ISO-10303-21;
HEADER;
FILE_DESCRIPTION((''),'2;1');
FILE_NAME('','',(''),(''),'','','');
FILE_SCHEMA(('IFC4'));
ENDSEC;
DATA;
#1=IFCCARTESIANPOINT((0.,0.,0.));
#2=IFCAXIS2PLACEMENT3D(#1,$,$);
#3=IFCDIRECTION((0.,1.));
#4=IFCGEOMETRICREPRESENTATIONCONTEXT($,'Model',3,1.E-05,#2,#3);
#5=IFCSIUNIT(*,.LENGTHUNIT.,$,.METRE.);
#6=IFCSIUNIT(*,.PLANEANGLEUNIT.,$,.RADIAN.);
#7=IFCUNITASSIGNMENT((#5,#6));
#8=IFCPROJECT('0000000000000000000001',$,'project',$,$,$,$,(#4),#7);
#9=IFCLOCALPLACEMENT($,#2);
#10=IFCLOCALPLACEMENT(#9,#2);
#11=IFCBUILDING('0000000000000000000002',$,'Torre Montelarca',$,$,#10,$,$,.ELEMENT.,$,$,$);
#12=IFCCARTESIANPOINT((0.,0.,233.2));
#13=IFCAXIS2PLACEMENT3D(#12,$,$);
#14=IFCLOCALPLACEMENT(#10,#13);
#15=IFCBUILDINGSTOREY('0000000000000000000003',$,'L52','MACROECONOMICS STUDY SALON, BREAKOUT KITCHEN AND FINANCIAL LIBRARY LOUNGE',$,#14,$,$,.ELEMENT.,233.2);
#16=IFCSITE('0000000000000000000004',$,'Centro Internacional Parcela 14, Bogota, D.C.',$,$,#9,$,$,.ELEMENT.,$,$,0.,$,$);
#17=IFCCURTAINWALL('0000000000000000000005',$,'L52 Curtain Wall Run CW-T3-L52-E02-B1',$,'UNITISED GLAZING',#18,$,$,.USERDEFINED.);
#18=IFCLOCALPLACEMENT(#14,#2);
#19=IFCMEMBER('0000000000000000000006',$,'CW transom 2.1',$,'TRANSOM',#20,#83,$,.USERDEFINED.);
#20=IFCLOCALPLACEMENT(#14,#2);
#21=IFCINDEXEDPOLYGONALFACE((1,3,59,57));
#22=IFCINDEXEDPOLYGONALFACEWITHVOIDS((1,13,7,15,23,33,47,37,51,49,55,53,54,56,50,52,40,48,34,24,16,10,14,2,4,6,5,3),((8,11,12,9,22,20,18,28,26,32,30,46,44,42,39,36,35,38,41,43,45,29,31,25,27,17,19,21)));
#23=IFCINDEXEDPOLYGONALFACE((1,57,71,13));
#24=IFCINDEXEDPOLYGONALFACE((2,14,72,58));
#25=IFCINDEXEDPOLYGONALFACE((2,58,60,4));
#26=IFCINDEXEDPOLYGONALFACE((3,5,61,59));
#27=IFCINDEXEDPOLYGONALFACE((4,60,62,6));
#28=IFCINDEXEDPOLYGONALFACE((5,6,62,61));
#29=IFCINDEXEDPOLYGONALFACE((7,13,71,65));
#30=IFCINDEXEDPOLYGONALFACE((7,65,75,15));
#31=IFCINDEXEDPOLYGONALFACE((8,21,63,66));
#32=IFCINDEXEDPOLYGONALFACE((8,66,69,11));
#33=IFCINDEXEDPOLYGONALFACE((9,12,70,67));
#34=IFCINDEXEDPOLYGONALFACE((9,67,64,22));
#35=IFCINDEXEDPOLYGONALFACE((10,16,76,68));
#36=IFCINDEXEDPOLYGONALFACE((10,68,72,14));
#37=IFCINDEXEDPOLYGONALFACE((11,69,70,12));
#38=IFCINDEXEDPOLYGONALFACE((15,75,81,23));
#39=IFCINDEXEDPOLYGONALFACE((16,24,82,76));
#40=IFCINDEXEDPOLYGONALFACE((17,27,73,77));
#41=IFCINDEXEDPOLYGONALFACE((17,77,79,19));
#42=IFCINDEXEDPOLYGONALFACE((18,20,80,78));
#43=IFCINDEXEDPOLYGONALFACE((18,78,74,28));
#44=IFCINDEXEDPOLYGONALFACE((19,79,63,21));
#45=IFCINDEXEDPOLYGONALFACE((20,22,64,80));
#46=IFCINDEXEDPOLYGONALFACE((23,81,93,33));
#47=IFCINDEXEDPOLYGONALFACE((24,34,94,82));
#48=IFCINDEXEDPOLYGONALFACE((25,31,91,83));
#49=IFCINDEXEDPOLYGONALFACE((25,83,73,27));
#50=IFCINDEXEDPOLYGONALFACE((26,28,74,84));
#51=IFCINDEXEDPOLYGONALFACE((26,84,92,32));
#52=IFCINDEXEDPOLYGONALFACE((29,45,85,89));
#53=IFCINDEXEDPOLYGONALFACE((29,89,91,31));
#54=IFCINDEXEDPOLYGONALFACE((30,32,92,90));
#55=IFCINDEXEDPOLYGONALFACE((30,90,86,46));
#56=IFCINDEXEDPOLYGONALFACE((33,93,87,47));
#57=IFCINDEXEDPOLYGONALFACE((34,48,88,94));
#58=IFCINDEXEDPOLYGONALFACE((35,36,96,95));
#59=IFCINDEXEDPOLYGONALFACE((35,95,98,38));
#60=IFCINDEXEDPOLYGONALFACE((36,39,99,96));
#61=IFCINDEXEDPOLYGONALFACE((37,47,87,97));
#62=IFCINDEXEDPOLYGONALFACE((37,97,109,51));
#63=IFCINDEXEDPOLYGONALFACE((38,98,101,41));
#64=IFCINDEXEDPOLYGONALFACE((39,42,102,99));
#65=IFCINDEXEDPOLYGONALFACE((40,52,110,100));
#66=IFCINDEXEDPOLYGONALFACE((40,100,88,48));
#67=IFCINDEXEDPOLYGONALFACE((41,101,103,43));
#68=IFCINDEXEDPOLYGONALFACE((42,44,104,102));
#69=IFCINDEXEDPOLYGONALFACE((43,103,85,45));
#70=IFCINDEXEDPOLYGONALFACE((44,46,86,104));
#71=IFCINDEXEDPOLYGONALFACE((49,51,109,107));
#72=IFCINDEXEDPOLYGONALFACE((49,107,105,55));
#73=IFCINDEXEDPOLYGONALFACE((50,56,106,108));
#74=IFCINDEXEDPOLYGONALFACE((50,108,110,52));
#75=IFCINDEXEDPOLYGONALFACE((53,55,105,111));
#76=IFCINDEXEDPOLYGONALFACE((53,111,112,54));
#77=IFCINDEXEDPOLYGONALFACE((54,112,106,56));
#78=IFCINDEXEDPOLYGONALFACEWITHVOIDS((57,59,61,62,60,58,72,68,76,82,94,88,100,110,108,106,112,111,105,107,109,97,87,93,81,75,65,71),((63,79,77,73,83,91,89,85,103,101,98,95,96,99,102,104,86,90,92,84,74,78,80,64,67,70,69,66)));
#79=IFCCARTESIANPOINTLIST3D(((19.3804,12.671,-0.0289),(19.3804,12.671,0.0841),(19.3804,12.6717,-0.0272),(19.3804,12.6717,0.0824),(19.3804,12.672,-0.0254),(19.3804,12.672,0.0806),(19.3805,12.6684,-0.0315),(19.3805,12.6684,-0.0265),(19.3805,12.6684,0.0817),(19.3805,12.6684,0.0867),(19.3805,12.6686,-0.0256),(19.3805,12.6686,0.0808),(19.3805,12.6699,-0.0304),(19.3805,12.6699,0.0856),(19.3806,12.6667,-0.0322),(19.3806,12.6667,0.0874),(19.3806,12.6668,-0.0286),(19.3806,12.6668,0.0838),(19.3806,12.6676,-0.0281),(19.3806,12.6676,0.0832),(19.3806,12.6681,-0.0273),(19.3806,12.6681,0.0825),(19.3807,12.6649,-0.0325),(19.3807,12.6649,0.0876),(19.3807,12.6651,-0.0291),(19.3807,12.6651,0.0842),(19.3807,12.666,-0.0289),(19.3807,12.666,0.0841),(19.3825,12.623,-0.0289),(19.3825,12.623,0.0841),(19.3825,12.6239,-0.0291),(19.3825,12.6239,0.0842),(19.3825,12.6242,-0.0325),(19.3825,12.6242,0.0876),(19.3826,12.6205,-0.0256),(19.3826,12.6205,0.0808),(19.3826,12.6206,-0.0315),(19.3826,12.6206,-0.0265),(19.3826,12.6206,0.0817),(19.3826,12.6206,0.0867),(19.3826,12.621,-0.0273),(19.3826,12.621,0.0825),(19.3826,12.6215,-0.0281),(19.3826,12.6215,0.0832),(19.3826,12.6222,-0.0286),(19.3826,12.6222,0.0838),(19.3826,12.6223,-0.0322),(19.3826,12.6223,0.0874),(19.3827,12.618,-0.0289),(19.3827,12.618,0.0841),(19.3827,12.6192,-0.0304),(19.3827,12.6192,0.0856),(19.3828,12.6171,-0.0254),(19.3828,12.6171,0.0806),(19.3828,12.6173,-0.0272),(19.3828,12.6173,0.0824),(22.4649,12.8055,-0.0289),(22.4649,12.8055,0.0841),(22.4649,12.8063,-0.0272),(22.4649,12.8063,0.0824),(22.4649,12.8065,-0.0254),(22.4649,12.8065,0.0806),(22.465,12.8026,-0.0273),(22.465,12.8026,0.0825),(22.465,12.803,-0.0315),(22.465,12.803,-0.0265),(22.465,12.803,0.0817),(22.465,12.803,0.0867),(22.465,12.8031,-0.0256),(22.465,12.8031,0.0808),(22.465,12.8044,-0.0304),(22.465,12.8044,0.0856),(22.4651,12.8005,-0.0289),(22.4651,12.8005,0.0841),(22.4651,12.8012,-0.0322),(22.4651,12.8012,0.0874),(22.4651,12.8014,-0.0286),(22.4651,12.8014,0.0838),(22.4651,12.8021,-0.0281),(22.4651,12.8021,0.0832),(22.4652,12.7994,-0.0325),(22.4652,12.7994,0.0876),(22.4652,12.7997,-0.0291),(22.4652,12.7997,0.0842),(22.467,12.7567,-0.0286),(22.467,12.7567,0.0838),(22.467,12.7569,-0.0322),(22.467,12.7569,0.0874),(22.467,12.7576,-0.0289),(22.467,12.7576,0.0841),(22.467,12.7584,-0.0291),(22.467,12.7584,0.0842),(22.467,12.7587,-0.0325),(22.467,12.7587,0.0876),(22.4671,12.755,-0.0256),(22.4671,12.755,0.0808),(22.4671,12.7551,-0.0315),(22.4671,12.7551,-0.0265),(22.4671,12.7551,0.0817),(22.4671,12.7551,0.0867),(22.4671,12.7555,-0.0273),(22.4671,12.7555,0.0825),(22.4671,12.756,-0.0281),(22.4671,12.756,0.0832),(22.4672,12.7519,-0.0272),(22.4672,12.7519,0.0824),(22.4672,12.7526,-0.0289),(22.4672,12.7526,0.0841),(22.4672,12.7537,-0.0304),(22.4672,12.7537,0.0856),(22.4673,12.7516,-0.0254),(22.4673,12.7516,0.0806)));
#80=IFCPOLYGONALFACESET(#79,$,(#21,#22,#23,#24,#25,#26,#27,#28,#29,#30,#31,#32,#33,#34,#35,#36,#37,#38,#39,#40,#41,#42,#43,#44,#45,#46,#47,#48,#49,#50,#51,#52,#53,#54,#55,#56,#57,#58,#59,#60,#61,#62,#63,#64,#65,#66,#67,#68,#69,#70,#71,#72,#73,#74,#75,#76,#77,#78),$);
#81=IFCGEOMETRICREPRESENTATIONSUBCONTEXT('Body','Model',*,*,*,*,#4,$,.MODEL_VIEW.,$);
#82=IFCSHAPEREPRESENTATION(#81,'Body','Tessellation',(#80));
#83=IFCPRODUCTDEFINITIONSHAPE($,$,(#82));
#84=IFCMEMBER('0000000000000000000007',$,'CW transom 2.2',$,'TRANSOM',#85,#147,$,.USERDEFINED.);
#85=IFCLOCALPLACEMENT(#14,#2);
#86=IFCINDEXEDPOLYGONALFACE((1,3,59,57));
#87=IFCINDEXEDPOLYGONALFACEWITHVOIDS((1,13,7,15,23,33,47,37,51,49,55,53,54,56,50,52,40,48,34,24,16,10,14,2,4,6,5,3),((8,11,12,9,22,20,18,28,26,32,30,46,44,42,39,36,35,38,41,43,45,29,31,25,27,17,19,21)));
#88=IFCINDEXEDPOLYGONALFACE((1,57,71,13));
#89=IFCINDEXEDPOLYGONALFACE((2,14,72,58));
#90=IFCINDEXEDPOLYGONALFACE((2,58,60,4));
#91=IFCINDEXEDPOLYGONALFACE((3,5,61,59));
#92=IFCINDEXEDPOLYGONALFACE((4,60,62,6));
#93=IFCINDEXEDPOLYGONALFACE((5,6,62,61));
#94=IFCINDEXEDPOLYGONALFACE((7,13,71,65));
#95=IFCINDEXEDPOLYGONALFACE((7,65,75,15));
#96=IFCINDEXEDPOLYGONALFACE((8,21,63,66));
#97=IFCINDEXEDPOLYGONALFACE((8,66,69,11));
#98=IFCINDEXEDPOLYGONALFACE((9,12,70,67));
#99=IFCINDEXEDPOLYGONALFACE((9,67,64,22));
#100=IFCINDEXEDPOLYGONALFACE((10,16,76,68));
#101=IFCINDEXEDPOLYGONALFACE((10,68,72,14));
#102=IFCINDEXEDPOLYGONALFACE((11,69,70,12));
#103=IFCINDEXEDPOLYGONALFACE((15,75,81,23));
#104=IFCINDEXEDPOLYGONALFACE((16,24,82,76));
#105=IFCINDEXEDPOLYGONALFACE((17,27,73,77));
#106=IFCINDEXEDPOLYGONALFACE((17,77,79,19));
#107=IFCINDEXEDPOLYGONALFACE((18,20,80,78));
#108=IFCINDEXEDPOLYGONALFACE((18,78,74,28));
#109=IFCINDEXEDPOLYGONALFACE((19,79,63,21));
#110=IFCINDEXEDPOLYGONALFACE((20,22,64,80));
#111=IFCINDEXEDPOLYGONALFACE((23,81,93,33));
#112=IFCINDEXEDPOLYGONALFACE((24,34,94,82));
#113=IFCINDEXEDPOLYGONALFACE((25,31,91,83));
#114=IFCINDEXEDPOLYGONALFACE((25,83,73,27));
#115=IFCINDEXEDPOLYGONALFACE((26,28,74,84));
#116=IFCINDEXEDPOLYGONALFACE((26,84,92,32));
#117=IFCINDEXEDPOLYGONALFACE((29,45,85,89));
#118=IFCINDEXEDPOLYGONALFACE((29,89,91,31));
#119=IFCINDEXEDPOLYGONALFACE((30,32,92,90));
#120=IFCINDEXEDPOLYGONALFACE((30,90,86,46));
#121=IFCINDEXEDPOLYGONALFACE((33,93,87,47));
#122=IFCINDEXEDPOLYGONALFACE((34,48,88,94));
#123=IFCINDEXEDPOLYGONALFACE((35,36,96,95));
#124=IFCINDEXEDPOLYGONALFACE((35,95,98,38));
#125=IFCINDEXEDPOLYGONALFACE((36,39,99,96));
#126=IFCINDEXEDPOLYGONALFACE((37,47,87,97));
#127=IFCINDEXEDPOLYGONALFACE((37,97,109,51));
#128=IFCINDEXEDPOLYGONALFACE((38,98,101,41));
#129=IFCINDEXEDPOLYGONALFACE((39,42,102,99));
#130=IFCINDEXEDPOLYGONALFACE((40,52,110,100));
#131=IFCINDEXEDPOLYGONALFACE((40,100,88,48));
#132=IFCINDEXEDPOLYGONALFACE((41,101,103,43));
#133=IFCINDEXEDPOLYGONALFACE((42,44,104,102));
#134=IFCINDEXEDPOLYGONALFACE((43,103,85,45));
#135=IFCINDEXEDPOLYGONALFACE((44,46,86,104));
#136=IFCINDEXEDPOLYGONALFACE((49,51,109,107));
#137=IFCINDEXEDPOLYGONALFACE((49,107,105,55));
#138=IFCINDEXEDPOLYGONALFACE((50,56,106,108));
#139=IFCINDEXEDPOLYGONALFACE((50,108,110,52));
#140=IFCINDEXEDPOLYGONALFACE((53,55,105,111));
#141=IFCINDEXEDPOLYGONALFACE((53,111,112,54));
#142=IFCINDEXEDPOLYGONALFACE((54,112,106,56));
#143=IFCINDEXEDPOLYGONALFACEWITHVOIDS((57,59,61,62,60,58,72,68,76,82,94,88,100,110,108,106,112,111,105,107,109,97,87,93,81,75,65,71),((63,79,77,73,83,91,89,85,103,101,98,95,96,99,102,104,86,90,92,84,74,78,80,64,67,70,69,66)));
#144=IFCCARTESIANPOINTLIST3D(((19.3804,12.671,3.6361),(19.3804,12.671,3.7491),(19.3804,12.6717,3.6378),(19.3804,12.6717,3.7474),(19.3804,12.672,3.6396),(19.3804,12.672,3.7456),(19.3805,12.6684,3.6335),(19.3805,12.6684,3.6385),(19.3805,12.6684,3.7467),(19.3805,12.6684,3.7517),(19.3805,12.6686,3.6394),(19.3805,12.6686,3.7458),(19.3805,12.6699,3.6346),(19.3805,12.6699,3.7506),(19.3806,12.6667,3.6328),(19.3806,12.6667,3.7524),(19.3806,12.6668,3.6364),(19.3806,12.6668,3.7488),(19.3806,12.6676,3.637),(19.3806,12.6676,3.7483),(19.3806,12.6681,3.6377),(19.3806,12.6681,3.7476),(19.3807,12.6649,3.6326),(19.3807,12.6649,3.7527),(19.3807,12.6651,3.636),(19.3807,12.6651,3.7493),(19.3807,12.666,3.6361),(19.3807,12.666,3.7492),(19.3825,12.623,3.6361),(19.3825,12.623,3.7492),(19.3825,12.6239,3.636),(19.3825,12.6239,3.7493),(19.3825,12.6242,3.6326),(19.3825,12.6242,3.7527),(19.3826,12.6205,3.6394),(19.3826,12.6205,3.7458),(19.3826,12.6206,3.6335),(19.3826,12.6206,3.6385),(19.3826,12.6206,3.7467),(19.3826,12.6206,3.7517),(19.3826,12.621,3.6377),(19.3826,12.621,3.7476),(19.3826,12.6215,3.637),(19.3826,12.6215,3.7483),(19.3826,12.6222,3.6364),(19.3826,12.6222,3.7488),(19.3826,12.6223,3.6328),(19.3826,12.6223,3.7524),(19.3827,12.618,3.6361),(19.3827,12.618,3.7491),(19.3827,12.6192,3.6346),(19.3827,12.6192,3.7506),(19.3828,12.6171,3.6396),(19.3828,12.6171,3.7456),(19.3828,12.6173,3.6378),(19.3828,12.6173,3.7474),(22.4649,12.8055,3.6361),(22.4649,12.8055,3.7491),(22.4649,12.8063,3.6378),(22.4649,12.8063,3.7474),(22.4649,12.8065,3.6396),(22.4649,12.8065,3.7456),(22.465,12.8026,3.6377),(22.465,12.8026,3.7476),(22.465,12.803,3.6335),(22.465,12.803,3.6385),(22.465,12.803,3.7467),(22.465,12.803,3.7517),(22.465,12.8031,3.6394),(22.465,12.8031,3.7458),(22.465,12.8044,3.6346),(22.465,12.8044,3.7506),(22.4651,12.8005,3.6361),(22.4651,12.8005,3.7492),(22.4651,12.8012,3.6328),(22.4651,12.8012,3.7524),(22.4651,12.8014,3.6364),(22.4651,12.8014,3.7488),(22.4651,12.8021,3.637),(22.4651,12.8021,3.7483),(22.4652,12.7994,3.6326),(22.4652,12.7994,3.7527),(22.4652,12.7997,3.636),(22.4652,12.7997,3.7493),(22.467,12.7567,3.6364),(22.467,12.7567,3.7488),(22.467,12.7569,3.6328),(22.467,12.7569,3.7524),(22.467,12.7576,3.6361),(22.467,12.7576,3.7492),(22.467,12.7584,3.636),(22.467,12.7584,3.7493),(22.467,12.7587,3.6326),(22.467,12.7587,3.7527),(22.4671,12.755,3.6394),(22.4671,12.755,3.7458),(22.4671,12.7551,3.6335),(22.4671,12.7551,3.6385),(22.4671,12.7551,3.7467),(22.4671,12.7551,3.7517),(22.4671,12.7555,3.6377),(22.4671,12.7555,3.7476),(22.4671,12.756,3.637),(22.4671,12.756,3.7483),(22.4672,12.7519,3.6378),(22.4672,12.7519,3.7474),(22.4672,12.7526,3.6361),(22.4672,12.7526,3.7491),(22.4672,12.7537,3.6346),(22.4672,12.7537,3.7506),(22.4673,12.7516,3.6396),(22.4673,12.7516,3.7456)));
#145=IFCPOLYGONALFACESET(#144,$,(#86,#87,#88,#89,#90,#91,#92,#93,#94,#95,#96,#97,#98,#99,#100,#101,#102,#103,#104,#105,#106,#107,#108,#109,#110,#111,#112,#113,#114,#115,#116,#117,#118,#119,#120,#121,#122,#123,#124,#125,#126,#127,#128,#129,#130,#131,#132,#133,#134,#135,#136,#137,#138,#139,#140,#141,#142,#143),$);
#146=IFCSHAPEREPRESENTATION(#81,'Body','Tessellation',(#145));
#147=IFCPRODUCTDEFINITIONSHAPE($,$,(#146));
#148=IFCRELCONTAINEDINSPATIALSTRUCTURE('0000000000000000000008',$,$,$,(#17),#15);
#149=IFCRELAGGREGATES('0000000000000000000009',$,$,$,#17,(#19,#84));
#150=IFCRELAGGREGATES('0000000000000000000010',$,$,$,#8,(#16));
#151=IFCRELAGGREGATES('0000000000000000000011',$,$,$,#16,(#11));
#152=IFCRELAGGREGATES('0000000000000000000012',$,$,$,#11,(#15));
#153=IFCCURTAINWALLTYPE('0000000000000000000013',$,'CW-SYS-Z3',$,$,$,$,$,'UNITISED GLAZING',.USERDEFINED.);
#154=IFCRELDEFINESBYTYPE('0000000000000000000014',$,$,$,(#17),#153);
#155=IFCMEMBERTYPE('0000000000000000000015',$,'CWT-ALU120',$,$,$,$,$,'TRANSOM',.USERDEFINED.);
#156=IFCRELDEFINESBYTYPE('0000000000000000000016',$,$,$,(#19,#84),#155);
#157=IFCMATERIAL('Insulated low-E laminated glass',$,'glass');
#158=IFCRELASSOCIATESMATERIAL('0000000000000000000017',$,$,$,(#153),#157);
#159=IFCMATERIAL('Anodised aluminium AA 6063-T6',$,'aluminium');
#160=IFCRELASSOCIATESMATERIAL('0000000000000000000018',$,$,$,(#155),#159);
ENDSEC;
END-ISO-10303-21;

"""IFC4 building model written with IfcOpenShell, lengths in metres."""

from ifc_helpers import new_model, si_unit, direction, frame, origin, origin_2d, place, context, subcontext, project, spatial, hollow_rectangle, extrude, source, transform, mapped, material, material_profile, profile_set, type_object, element, aggregate, save


model = new_model("IFC4")

# Units and contexts
model_context = context("Model", 3, precision=1e-05, world=origin(), true_north=direction((0.0, 1.0)))
body_context = subcontext(model_context, "Body", "Model", "MODEL_VIEW")
ifc_project = project(units=[si_unit("LENGTHUNIT", "METRE"), si_unit("PLANEANGLEUNIT", "RADIAN")], contexts=[model_context])

# Site, building, storey
site_placement = place(None, origin())
site = spatial("IfcSite", under=ifc_project, at=site_placement, Name="Centro Internacional Parcela 14, Bogota, D.C.", CompositionType="ELEMENT", RefElevation=0.0)
building_placement = place(site_placement, origin())
building = spatial("IfcBuilding", under=site, at=building_placement, Name="Torre Montelarca", CompositionType="ELEMENT")
storey_placement = place(building_placement, frame((0.0, 0.0, 233.2)))
storey = spatial("IfcBuildingStorey", under=building, at=storey_placement, Name="L52", Description="MACROECONOMICS STUDY SALON, BREAKOUT KITCHEN AND FINANCIAL LIBRARY LOUNGE", CompositionType="ELEMENT", Elevation=233.2)

# Curtain wall, members
ifc_material_1 = material(Name="Insulated low-E laminated glass", Category="glass")
curtain_wall_type = type_object("IfcCurtainWallType", Name="CW-SYS-Z3", ElementType="UNITISED GLAZING", PredefinedType="USERDEFINED", material=ifc_material_1)
curtain_wall_1_placement = place(storey_placement, origin())
curtain_wall_1 = element("IfcCurtainWall", 1, at=curtain_wall_1_placement, inside=storey, type_object=curtain_wall_type, Name="L52 Curtain Wall Run CW-T3-L52-E02-B1", ObjectType="UNITISED GLAZING", PredefinedType="USERDEFINED")
ifc_material_2 = material(Name="Anodised aluminium AA 6063-T6", Category="aluminium")
ifc_material_profile_1 = material_profile(ifc_material_2, hollow_rectangle(XDim=0.0549, YDim=0.1201, WallThickness=0.0034, InnerFilletRadius=0.0034, OuterFilletRadius=0.0071, at=origin_2d()), Name="ALU55X120X3.5", Category="aluminium")
ifc_profile_set_1 = profile_set([ifc_material_profile_1], Name="Anodised aluminium AA 6063-T6")
member_type_1 = type_object("IfcMemberType", Name="CWT-ALU120", ElementType="TRANSOM", PredefinedType="USERDEFINED", material=ifc_profile_set_1)
shared_shape_1 = source(origin(), body_context, "Body", "SweptSolid", [
    extrude(hollow_rectangle(XDim=0.0549, YDim=0.1201, WallThickness=0.0034, InnerFilletRadius=0.0034, OuterFilletRadius=0.0071, at=origin_2d()), origin(), (0.0, 0.0, 1.0), 3.0874),
])
member_1_placement = place(storey_placement, frame((19.3816, 12.6445, 0.0276), z_axis=(0.99905, 0.043571, 0.0), x_axis=(-0.043571, 0.99905, 0.0)))
member_1 = element("IfcMember", 2, at=member_1_placement, type_object=member_type_1, Name="CW transom 2.1", ObjectType="TRANSOM", PredefinedType="USERDEFINED", context=body_context, shape_type="MappedRepresentation", body=[
    mapped(shared_shape_1, transform((0.0, 0.0, 0.0), scale=1.0)),
])
member_2_placement = place(storey_placement, frame((19.3816, 12.6445, 3.6926), z_axis=(0.99905, 0.043571, 0.0), x_axis=(-0.043571, 0.99905, 0.0)))
member_2 = element("IfcMember", 3, at=member_2_placement, type_object=member_type_1, Name="CW transom 2.2", ObjectType="TRANSOM", PredefinedType="USERDEFINED", context=body_context, shape_type="MappedRepresentation", body=[
    mapped(shared_shape_1, transform((0.0, 0.0, 0.0), scale=1.0)),
])

aggregate(curtain_wall_1, [member_1, member_2])

save(model, "model.ifc")
